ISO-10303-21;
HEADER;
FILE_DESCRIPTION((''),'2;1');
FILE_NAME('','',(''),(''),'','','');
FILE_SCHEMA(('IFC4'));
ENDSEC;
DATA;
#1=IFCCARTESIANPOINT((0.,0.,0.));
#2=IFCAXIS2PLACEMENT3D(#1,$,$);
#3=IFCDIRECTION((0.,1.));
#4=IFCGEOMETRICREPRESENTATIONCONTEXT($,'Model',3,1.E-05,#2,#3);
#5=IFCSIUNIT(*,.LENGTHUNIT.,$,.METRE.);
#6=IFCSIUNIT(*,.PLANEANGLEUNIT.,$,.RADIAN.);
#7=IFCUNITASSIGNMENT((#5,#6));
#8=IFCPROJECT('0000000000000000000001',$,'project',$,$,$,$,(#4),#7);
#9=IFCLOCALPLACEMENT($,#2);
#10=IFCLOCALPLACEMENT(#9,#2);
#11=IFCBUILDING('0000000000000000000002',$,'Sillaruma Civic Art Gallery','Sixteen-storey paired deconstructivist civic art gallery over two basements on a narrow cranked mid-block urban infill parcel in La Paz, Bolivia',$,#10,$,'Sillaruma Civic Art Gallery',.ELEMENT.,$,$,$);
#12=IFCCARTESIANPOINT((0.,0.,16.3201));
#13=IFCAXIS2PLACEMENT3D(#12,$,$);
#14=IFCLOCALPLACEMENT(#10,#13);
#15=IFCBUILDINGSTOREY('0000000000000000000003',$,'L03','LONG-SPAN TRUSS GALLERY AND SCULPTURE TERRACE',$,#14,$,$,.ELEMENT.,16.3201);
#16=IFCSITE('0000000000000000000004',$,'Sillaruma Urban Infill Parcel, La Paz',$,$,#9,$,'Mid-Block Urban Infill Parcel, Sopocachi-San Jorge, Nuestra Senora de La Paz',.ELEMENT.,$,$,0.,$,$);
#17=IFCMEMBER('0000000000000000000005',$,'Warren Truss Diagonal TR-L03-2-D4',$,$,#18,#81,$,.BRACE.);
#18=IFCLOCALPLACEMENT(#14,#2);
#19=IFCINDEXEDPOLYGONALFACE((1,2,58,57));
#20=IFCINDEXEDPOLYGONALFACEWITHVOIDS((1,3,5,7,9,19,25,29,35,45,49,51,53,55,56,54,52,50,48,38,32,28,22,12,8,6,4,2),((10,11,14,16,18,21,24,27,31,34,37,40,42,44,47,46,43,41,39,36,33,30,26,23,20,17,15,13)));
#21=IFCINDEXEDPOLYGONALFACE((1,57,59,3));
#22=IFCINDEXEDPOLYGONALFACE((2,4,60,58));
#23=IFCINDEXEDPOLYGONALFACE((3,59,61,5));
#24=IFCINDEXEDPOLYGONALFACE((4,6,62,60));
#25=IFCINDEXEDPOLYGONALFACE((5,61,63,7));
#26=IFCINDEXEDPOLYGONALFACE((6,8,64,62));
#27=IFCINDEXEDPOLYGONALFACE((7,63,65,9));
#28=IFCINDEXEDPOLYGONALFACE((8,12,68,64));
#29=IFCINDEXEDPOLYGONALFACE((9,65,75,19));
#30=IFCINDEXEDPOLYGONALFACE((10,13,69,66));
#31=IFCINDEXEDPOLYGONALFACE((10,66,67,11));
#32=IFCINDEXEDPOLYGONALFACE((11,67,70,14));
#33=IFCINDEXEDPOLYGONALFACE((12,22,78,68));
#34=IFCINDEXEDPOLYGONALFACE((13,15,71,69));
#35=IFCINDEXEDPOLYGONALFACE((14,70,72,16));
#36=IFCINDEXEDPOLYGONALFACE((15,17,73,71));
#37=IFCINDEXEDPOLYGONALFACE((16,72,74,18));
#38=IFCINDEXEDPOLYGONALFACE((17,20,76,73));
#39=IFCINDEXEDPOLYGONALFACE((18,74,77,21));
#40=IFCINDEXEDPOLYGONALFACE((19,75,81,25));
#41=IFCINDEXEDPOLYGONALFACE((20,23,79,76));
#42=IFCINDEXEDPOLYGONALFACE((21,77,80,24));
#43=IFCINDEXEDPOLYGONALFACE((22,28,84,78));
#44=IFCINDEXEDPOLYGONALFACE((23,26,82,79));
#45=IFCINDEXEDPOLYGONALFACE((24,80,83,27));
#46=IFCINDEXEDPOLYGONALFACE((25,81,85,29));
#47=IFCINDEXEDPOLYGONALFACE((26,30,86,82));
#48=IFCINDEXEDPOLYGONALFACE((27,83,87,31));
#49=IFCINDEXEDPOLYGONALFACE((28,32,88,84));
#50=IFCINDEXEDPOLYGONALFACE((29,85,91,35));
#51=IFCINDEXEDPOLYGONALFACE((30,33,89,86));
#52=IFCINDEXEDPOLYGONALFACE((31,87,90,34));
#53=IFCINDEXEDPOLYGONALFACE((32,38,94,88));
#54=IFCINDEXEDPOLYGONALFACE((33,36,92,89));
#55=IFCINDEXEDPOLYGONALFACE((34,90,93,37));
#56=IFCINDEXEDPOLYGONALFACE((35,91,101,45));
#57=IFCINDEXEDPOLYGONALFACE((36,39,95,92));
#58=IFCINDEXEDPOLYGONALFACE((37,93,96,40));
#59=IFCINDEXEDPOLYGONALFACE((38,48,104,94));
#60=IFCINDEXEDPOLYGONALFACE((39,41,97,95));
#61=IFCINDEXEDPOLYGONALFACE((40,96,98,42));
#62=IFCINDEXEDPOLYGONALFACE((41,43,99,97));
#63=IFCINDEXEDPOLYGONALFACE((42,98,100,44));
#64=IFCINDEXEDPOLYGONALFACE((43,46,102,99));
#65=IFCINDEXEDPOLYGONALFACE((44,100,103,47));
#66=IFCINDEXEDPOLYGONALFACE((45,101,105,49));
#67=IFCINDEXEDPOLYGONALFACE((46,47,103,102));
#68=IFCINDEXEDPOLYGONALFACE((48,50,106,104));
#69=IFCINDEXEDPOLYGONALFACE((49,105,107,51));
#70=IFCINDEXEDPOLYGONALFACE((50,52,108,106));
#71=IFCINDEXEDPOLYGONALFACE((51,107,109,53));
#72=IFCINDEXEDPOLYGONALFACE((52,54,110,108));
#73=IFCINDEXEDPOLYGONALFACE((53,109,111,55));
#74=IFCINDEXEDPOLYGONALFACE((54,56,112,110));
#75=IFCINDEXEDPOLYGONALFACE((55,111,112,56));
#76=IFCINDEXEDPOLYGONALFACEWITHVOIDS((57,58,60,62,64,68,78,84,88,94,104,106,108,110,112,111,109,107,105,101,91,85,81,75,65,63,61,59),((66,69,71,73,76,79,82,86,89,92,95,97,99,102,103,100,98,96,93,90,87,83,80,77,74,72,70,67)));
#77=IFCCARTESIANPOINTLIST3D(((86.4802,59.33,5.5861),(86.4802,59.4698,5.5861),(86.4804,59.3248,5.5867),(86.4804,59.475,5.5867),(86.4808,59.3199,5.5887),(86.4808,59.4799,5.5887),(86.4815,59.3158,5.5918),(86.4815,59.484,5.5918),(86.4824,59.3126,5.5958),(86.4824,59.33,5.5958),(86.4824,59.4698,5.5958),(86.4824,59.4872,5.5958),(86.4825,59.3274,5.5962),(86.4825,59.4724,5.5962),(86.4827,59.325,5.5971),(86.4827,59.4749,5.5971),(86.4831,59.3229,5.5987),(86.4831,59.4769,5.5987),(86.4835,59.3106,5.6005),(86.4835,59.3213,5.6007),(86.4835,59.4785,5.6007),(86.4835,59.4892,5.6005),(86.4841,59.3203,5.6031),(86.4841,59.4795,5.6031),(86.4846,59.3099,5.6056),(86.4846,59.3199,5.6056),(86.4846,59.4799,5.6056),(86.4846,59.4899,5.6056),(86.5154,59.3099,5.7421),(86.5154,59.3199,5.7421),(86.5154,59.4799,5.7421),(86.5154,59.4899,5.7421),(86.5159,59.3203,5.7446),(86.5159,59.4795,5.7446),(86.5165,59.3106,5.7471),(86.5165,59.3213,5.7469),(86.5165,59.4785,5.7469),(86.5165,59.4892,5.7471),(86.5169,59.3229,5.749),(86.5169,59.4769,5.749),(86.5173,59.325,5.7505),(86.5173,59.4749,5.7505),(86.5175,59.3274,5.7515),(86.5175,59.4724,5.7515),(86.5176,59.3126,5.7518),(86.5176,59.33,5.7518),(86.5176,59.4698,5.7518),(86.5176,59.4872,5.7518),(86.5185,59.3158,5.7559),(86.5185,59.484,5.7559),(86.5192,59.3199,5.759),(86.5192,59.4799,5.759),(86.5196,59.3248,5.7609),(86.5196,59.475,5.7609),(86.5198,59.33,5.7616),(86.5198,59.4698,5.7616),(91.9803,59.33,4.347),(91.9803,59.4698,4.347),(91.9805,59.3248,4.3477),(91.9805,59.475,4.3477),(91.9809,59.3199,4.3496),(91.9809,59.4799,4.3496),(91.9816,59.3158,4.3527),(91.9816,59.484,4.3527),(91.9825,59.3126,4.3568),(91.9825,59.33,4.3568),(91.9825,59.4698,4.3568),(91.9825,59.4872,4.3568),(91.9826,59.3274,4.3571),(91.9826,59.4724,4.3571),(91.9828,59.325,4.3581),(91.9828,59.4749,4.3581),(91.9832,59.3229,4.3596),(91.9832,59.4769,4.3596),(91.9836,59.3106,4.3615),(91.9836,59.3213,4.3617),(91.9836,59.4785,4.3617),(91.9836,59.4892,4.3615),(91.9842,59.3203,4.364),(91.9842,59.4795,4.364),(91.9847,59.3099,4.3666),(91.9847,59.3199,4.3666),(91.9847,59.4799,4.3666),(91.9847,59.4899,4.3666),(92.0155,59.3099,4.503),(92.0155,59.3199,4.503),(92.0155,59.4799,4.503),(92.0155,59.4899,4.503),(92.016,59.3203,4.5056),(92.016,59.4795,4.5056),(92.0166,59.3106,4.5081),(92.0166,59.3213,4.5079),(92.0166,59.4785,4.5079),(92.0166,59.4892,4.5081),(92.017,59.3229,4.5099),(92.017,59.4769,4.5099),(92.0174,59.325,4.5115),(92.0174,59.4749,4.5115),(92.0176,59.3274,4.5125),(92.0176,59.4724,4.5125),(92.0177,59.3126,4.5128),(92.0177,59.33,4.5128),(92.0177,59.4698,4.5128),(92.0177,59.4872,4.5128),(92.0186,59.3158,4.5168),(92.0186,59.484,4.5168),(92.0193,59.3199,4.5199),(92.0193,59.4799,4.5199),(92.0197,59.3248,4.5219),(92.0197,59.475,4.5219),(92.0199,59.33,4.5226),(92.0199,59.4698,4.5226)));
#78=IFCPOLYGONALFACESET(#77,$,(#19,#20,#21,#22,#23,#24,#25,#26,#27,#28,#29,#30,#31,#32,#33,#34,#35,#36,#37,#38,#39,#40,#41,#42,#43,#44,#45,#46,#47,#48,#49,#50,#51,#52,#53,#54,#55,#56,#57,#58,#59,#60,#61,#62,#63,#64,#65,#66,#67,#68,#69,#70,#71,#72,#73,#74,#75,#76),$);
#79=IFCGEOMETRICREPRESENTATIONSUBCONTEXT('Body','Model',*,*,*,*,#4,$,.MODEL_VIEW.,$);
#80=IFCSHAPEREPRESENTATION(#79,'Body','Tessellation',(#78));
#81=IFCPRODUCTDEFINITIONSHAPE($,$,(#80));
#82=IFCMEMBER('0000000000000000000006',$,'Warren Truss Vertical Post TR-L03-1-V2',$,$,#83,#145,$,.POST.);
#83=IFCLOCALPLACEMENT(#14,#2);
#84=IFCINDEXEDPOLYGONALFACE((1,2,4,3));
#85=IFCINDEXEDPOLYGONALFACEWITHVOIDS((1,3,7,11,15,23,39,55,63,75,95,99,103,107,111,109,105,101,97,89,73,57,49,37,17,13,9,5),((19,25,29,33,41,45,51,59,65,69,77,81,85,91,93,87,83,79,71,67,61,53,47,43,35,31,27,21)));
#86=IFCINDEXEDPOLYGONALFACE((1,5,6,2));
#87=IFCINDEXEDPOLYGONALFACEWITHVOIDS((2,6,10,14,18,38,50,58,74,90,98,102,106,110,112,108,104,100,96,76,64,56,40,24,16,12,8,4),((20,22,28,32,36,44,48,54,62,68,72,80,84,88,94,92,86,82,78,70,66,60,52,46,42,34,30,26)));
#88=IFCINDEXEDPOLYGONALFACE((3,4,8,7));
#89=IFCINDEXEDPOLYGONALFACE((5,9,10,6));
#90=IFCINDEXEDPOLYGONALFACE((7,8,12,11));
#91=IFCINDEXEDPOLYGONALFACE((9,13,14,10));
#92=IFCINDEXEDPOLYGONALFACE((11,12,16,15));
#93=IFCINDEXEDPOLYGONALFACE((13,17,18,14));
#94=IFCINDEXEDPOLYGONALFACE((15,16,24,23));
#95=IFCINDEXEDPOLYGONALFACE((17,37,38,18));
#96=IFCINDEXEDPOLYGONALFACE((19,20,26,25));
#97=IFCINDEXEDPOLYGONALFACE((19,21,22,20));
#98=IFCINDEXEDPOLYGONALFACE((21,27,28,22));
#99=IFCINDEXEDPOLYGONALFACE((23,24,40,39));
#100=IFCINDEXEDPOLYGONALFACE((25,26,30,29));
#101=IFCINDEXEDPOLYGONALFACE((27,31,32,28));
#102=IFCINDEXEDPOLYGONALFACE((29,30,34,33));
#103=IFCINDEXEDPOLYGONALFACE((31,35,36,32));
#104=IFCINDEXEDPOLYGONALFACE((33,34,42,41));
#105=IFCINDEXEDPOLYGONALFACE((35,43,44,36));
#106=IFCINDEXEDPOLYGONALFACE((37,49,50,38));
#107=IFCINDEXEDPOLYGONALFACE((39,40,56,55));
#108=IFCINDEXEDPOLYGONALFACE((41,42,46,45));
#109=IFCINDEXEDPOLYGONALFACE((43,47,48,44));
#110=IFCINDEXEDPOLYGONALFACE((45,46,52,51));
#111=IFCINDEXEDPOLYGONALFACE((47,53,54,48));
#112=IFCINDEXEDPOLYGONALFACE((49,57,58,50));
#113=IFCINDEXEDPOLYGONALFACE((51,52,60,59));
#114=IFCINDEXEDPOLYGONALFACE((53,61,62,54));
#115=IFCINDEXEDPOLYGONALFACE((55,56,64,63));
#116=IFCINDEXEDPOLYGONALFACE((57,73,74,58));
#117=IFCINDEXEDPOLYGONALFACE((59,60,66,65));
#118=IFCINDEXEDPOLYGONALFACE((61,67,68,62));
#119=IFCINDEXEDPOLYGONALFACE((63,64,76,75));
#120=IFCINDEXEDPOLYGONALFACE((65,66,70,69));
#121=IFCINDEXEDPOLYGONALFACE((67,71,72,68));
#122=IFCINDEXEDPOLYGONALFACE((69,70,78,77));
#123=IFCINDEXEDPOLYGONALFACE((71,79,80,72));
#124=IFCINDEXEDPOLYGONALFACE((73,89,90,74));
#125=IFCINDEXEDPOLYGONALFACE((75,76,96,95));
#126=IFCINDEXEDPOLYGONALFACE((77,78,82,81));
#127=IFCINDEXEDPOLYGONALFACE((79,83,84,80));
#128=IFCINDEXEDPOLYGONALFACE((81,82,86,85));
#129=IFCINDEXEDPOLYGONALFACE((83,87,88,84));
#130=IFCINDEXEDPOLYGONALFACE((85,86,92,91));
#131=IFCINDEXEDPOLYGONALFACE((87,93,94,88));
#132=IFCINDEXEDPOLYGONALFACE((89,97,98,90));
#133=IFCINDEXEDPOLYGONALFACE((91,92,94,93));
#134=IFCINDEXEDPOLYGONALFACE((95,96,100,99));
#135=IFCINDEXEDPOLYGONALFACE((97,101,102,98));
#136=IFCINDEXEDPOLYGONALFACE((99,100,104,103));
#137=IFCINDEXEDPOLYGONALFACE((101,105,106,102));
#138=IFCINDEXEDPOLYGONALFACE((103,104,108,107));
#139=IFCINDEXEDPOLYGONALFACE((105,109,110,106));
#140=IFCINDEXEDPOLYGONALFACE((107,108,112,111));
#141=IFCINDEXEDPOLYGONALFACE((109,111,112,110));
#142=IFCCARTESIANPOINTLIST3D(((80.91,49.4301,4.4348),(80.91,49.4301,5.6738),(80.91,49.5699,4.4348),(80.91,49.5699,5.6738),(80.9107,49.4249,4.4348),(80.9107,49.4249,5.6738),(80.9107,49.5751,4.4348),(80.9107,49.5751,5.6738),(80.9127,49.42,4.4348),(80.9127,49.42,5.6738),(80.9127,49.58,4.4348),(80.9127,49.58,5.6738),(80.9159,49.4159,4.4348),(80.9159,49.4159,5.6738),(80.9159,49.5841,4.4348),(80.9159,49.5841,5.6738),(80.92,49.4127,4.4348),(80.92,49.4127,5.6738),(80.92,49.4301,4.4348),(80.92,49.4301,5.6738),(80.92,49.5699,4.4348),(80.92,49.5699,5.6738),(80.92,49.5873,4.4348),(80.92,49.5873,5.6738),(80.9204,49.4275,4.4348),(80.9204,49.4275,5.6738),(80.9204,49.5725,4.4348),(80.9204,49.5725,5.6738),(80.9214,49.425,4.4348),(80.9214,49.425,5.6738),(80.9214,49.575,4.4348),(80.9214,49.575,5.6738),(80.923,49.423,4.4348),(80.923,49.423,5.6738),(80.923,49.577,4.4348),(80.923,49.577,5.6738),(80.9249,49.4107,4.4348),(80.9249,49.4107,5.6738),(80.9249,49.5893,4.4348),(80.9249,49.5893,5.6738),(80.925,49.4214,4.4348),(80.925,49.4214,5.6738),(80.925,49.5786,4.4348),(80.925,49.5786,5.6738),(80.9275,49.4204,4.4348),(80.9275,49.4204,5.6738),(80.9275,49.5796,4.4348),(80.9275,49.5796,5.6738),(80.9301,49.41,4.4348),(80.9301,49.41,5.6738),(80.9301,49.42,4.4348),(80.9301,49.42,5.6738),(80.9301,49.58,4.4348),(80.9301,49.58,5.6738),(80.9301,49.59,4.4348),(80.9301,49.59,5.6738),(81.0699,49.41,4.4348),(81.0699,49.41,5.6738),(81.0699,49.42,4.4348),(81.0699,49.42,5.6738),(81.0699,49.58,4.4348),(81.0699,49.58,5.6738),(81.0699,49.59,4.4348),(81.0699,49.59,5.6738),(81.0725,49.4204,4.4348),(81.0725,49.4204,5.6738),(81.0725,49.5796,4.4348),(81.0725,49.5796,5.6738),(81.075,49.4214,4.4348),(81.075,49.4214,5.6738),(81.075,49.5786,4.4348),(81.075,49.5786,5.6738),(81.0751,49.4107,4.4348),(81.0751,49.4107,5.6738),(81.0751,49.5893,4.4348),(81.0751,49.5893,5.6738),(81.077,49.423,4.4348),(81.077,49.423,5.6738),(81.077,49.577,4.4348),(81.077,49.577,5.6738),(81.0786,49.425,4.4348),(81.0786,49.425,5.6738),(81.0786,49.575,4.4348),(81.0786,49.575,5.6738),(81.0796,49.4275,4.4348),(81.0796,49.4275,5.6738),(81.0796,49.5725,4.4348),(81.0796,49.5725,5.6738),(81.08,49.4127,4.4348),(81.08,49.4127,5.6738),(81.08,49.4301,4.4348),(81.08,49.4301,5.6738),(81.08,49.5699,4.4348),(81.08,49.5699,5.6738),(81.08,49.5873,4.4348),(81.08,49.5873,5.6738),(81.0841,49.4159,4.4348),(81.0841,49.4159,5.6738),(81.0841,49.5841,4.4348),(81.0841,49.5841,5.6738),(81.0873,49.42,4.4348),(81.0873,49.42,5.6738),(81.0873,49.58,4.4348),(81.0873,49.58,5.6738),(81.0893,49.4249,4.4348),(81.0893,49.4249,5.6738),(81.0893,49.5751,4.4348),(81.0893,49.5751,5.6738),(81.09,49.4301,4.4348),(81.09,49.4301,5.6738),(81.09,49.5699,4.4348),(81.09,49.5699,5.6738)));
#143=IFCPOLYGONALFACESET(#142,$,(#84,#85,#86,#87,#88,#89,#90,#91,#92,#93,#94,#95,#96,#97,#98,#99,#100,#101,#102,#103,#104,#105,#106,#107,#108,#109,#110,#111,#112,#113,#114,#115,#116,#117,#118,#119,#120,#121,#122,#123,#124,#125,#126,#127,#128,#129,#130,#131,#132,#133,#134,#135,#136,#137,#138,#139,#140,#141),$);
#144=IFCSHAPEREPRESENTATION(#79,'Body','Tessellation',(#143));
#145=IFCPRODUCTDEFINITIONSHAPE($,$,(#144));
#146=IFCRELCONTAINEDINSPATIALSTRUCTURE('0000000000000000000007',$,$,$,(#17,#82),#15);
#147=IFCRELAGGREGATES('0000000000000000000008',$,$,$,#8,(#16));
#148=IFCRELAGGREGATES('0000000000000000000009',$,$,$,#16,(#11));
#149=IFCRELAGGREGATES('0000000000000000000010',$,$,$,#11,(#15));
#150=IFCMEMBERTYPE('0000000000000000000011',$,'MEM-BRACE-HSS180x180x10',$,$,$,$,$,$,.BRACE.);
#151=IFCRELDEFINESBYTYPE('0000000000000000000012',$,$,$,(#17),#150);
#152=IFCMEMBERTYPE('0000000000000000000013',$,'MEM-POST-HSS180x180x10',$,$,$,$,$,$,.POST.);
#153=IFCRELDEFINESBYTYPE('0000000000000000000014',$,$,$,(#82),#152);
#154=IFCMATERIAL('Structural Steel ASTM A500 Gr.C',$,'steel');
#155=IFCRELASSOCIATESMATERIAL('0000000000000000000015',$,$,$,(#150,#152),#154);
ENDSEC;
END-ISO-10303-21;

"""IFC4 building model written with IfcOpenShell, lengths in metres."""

from ifc_helpers import new_model, si_unit, direction, frame, origin, origin_2d, place, context, subcontext, project, spatial, hollow_rectangle, extrude, material, material_profile, profile_set, type_object, element, save


model = new_model("IFC4")

# Units and contexts
model_context = context("Model", 3, precision=1e-05, world=origin(), true_north=direction((0.0, 1.0)))
body_context = subcontext(model_context, "Body", "Model", "MODEL_VIEW")
ifc_project = project(units=[si_unit("LENGTHUNIT", "METRE"), si_unit("PLANEANGLEUNIT", "RADIAN")], contexts=[model_context])

# Site, building, storey
site_placement = place(None, origin())
site = spatial("IfcSite", under=ifc_project, at=site_placement, Name="Sillaruma Urban Infill Parcel, La Paz", LongName="Mid-Block Urban Infill Parcel, Sopocachi-San Jorge, Nuestra Senora de La Paz", CompositionType="ELEMENT", RefElevation=0.0)
building_placement = place(site_placement, origin())
building = spatial("IfcBuilding", under=site, at=building_placement, Name="Sillaruma Civic Art Gallery", Description="Sixteen-storey paired deconstructivist civic art gallery over two basements on a narrow cranked mid-block urban infill parcel in La Paz, Bolivia", LongName="Sillaruma Civic Art Gallery", CompositionType="ELEMENT")
storey_placement = place(building_placement, frame((0.0, 0.0, 16.3201)))
storey = spatial("IfcBuildingStorey", under=building, at=storey_placement, Name="L03", Description="LONG-SPAN TRUSS GALLERY AND SCULPTURE TERRACE", CompositionType="ELEMENT", Elevation=16.3201)

# Members
ifc_material_1 = material(Name="Structural Steel ASTM A500 Gr.C", Category="steel")
ifc_material_profile_1 = material_profile(ifc_material_1, hollow_rectangle(XDim=0.1799, YDim=0.1799, WallThickness=0.01, InnerFilletRadius=0.01, OuterFilletRadius=0.02, at=origin_2d()), Name="HSS180x180x10")
ifc_profile_set_1 = profile_set([ifc_material_profile_1], Name="Structural Steel ASTM A500 Gr.C")
member_type_1 = type_object("IfcMemberType", Name="MEM-BRACE-HSS180x180x10", PredefinedType="BRACE", material=ifc_profile_set_1)
for number, where, z_axis, x_axis, name in (
    (1, (86.5, 59.3999, 5.6738), (0.975552, 0.0, -0.219768), (0.0, 1.0, 0.0), "Warren Truss Diagonal TR-L03-2-D4"),
):
    element("IfcMember", number, at=place(storey_placement, frame(where, z_axis=z_axis, x_axis=x_axis)), inside=storey, type_object=member_type_1, Name=name, PredefinedType="BRACE", context=body_context, shape_type="SweptSolid", body=[
        extrude(hollow_rectangle(XDim=0.1799, YDim=0.1799, WallThickness=0.01, InnerFilletRadius=0.01, OuterFilletRadius=0.02, at=origin_2d()), origin(), (0.0, 0.0, 1.0), 5.6379),
    ])
ifc_material_profile_2 = material_profile(ifc_material_1, hollow_rectangle(XDim=0.1799, YDim=0.1799, WallThickness=0.01, InnerFilletRadius=0.01, OuterFilletRadius=0.02, at=origin_2d()), Name="HSS180x180x10")
ifc_profile_set_2 = profile_set([ifc_material_profile_2], Name="Structural Steel ASTM A500 Gr.C")
member_type_2 = type_object("IfcMemberType", Name="MEM-POST-HSS180x180x10", PredefinedType="POST", material=ifc_profile_set_2)
for number, where, z_axis, x_axis, name in (
    (2, (81.0, 49.5, 4.4348), (0.0, 0.0, 1.0), (1.0, 0.0, 0.0), "Warren Truss Vertical Post TR-L03-1-V2"),
):
    element("IfcMember", number, at=place(storey_placement, frame(where, z_axis=z_axis, x_axis=x_axis)), inside=storey, type_object=member_type_2, Name=name, PredefinedType="POST", context=body_context, shape_type="SweptSolid", body=[
        extrude(hollow_rectangle(XDim=0.1799, YDim=0.1799, WallThickness=0.01, InnerFilletRadius=0.01, OuterFilletRadius=0.02, at=origin_2d()), origin(), (0.0, 0.0, 1.0), 1.239),
    ])

save(model, "model.ifc")
